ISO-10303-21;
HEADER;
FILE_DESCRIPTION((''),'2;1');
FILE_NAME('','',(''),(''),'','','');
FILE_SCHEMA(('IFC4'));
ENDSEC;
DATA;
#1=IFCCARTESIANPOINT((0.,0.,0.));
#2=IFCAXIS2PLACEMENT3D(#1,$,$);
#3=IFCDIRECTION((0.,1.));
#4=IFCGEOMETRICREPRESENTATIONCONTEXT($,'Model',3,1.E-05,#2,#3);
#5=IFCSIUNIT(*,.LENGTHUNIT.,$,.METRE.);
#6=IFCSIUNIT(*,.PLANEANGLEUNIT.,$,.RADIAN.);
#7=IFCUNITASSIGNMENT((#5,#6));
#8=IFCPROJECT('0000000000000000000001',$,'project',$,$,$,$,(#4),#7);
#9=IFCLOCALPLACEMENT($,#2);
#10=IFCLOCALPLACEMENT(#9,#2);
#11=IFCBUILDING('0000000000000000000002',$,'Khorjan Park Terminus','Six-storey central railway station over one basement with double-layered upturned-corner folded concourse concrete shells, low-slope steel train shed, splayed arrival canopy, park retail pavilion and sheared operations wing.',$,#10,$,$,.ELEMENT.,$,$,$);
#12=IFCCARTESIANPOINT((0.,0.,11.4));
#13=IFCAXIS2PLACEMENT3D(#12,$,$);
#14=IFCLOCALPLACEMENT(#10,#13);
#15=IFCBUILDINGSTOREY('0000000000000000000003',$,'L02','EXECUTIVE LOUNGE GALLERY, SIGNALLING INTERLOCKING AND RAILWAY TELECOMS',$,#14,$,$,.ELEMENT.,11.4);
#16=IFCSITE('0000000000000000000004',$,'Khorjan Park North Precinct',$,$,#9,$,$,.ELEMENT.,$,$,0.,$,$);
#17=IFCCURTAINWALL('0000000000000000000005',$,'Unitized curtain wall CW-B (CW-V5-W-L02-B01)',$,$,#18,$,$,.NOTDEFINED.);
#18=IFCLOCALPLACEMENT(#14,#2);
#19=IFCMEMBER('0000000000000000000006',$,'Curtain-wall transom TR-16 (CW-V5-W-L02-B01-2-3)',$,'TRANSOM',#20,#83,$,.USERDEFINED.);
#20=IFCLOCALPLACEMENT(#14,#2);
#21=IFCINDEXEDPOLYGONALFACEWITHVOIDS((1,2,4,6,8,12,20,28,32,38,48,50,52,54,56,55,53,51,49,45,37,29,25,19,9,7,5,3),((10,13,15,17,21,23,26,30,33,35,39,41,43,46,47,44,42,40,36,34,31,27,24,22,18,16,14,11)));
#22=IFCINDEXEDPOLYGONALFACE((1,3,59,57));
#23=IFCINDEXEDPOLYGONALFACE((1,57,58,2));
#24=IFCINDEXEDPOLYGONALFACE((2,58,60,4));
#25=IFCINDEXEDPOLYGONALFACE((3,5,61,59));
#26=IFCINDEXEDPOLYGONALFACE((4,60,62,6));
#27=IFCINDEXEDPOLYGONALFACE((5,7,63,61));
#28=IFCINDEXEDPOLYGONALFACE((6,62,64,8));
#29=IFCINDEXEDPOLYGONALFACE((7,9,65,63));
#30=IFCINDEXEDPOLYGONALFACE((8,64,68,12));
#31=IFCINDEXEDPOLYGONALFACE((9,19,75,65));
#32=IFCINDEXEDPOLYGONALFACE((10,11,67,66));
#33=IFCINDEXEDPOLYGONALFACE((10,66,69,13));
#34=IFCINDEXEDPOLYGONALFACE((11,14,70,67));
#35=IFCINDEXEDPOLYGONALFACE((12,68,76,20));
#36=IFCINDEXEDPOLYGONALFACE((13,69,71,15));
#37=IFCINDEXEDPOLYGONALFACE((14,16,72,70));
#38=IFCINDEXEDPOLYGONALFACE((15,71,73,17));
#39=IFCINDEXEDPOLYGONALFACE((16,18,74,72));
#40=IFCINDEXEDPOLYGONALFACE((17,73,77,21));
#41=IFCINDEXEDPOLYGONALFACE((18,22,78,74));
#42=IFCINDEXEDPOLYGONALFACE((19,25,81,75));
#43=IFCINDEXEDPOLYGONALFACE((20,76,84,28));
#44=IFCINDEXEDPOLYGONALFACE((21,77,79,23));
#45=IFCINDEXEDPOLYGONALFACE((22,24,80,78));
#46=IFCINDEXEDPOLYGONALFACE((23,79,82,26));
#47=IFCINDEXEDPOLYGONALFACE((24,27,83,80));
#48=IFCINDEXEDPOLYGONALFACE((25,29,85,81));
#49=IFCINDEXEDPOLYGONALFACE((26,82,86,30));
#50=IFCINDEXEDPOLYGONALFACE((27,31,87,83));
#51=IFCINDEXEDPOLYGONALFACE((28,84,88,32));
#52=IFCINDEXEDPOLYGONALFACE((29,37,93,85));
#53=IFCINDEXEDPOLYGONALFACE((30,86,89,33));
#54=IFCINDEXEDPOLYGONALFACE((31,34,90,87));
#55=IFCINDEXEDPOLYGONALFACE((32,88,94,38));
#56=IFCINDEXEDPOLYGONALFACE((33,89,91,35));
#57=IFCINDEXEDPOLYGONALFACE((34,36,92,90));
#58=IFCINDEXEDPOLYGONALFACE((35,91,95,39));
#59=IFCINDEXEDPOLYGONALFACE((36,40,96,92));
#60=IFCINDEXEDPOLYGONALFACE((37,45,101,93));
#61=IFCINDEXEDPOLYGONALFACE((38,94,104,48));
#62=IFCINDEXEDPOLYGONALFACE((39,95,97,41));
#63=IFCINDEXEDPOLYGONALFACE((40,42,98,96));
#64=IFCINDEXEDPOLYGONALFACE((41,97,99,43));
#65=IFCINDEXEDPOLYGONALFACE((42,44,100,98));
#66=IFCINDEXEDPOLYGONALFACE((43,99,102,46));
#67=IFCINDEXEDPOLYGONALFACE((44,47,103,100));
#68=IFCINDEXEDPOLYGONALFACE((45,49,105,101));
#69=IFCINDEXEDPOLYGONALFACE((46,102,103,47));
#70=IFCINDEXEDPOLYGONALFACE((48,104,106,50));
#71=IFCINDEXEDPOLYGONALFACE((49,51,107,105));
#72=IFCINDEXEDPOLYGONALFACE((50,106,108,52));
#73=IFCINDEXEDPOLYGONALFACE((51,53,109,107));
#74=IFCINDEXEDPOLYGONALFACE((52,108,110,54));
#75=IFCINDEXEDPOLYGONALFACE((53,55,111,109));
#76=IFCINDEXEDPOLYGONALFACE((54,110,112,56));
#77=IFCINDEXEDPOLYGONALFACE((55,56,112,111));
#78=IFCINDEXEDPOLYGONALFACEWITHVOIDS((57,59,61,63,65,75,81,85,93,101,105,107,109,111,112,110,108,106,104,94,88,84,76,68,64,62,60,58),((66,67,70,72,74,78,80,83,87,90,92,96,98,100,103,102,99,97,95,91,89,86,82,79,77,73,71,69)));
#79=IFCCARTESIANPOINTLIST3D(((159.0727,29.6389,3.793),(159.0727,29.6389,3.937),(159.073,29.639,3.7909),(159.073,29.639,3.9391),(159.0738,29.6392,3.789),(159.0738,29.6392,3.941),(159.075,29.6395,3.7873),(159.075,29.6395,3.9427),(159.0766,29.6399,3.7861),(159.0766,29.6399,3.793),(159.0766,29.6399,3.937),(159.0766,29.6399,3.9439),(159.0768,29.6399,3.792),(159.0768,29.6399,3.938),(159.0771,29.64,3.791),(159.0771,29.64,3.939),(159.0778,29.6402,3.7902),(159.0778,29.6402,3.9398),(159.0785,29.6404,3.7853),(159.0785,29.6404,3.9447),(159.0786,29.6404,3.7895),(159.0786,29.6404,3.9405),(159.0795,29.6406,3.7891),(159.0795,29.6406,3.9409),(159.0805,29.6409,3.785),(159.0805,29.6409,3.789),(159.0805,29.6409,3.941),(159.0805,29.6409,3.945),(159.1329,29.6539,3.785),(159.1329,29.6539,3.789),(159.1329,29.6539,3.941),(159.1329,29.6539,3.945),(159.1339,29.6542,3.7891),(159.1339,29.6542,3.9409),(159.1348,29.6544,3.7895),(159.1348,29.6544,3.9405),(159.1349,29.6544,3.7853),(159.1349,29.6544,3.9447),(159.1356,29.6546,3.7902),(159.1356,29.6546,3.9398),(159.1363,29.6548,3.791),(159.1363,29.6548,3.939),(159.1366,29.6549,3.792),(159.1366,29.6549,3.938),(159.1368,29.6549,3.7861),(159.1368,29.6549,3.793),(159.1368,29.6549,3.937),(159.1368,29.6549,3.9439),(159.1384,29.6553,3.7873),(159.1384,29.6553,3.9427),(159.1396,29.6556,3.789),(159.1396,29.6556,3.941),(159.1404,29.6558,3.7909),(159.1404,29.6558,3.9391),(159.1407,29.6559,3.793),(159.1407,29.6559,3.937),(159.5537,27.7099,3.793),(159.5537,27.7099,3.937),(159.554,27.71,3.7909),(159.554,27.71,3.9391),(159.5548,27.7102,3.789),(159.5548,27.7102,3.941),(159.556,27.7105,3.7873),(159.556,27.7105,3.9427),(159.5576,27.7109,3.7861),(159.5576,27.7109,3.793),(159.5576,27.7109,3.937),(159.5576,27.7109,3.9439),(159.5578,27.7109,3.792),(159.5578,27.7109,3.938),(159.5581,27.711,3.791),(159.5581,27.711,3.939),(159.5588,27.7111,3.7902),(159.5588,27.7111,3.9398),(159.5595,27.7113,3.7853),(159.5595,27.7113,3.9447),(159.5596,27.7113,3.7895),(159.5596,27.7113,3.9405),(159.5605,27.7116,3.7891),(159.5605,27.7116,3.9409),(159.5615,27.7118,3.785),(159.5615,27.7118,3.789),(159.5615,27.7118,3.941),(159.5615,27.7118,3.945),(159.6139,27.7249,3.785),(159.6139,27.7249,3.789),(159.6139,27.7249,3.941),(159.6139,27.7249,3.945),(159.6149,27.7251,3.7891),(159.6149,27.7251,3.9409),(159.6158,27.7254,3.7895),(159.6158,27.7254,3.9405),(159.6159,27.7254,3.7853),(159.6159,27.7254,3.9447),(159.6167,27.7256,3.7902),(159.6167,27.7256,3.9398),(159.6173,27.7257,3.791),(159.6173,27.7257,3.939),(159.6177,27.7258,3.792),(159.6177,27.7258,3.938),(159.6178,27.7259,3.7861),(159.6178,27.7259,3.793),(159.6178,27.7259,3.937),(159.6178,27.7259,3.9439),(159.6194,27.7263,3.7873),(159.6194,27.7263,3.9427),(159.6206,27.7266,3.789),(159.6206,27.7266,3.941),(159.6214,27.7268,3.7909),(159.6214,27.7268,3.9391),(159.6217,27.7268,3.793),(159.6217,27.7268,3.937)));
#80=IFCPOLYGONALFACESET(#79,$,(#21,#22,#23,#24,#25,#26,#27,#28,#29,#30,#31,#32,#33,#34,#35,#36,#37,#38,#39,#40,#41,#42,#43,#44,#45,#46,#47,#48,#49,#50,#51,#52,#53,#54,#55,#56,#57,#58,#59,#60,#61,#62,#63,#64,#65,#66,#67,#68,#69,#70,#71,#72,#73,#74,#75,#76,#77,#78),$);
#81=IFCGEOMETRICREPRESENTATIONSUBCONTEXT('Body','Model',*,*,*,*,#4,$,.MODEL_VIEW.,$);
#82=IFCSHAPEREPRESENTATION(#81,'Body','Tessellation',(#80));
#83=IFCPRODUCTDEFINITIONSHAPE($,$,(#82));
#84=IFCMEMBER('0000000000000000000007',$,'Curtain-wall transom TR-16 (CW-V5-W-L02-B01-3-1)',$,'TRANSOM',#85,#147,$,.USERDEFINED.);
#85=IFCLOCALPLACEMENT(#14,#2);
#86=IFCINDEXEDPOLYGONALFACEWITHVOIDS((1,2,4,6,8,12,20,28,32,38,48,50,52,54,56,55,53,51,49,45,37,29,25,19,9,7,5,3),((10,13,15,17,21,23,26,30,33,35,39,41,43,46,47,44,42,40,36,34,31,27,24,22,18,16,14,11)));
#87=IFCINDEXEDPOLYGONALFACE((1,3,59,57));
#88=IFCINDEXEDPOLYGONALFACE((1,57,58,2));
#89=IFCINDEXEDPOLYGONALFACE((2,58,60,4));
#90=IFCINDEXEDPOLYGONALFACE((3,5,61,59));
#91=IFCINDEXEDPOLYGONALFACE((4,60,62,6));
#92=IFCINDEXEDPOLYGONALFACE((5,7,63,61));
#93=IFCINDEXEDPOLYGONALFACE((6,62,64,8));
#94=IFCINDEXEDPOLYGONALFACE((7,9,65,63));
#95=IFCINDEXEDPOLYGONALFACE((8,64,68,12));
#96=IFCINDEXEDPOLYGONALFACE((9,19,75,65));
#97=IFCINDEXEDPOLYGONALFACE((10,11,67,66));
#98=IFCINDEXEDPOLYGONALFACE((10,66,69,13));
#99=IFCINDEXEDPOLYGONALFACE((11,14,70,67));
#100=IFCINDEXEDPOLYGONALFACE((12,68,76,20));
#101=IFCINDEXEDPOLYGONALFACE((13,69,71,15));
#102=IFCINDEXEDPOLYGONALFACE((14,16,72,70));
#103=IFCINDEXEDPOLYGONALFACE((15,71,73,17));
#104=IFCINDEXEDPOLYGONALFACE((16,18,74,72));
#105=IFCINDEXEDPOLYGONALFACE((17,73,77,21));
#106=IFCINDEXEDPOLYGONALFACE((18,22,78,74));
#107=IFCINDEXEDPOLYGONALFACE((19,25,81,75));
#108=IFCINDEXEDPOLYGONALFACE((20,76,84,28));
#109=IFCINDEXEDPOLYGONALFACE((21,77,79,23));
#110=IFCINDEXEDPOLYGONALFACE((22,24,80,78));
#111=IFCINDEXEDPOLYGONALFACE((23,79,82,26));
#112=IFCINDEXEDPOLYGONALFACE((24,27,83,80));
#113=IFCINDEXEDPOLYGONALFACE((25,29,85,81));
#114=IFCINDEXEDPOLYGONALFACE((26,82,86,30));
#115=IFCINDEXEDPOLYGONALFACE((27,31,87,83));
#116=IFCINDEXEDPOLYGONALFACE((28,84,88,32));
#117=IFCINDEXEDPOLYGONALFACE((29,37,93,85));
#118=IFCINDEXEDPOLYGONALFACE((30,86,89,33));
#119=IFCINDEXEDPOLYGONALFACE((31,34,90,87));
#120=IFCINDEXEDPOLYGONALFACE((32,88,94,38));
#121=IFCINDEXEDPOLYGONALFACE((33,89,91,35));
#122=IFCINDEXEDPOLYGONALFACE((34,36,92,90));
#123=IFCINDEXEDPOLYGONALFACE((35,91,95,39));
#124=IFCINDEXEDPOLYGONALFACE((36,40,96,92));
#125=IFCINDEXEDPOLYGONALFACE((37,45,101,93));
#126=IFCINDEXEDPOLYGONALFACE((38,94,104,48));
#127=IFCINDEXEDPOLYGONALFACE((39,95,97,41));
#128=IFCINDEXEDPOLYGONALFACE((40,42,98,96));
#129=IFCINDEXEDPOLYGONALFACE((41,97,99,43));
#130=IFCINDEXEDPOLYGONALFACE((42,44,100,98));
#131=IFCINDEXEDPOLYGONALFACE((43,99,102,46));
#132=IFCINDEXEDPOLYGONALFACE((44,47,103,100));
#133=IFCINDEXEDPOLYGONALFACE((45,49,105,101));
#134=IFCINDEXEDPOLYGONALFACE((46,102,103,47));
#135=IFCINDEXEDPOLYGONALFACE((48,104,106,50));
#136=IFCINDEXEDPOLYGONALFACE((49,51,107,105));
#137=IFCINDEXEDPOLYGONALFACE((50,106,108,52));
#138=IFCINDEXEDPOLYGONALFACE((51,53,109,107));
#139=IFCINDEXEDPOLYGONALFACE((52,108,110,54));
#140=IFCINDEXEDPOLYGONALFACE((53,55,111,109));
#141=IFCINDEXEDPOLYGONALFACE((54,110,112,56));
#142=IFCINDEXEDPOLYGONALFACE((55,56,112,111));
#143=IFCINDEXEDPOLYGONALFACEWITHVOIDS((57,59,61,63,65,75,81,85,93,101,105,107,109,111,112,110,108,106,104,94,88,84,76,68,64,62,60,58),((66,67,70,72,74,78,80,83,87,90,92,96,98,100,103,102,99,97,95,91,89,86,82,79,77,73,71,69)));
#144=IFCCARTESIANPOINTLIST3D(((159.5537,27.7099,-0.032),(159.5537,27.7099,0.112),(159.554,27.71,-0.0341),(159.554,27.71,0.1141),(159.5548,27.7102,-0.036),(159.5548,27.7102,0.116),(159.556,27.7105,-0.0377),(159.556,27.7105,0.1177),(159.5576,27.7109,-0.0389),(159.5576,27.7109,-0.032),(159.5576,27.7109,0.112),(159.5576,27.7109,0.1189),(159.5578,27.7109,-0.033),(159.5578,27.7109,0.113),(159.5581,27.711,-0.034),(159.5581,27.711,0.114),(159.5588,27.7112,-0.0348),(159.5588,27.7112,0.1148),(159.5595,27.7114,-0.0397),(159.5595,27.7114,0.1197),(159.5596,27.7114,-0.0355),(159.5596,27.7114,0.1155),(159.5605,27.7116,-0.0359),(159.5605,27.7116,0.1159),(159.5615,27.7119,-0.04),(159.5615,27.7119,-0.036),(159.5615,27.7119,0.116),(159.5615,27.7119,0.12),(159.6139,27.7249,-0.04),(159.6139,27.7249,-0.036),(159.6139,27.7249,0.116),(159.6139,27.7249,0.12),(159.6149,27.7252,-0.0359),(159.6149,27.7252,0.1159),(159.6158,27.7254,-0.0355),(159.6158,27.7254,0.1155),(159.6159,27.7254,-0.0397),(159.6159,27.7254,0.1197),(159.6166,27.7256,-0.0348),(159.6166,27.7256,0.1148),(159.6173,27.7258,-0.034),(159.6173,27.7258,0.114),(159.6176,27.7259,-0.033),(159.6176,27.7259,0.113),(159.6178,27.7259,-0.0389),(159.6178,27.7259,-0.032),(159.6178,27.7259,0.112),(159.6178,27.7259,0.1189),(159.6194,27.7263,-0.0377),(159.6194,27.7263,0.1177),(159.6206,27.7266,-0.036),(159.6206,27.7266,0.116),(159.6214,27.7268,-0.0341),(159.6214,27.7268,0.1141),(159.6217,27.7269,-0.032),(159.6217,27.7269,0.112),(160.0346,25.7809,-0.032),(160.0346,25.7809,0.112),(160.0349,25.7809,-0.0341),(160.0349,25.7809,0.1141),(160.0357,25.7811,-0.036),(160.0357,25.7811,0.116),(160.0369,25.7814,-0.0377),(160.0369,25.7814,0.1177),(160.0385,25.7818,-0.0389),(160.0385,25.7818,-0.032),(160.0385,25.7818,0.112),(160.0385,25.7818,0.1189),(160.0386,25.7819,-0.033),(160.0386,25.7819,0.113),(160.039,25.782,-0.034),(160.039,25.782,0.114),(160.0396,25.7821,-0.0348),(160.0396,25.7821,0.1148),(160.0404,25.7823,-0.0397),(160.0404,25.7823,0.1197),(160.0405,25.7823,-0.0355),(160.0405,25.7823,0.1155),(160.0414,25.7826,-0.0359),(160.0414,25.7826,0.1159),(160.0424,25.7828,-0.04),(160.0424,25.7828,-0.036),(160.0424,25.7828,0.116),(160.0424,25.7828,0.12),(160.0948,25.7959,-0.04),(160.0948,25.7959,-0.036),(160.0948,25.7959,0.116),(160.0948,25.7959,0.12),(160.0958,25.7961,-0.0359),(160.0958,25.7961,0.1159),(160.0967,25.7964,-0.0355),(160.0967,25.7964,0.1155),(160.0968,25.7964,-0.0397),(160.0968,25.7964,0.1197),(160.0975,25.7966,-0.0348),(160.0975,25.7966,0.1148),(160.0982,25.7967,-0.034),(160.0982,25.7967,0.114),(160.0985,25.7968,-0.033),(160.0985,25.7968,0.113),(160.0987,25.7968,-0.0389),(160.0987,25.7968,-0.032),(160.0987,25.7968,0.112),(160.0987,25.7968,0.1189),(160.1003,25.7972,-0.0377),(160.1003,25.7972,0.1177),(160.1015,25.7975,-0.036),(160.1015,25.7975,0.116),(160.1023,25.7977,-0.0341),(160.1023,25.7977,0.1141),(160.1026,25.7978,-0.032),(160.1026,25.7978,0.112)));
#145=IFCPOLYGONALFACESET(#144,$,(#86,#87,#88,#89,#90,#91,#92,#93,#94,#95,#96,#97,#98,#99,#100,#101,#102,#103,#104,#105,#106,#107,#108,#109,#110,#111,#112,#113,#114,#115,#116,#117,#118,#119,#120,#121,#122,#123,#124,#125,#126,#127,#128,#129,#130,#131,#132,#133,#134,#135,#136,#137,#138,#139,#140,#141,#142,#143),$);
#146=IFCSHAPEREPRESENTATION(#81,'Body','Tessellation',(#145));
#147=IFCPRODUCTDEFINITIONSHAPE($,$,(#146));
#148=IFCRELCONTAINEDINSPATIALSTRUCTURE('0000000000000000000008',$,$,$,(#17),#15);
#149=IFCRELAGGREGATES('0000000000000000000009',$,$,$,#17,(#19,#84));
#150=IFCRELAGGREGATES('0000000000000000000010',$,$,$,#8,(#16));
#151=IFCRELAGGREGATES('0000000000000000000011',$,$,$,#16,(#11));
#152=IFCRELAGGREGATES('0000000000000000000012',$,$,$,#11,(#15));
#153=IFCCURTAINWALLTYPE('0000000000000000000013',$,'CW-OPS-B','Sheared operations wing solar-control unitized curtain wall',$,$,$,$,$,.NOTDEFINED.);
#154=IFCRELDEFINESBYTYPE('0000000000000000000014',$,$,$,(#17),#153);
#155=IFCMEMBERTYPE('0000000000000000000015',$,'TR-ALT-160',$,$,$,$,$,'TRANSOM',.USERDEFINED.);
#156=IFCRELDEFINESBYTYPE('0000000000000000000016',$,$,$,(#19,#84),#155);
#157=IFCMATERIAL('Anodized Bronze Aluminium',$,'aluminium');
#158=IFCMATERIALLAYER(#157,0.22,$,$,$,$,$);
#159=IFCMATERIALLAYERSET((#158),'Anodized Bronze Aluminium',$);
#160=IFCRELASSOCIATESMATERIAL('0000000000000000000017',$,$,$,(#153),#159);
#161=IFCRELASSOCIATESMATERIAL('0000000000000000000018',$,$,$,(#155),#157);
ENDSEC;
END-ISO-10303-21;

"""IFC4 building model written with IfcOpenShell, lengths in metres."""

from ifc_helpers import new_model, si_unit, direction, frame, origin, origin_2d, place, context, subcontext, project, spatial, hollow_rectangle, extrude, material, layer, layer_set, material_profile, profile_set, type_object, element, aggregate, save


model = new_model("IFC4")

# Units and contexts
model_context = context("Model", 3, precision=1e-05, world=origin(), true_north=direction((0.0, 1.0)))
body_context = subcontext(model_context, "Body", "Model", "MODEL_VIEW")
ifc_project = project(units=[si_unit("LENGTHUNIT", "METRE"), si_unit("PLANEANGLEUNIT", "RADIAN")], contexts=[model_context])

# Site, building, storey
site_placement = place(None, origin())
site = spatial("IfcSite", under=ifc_project, at=site_placement, Name="Khorjan Park North Precinct", CompositionType="ELEMENT", RefElevation=0.0)
building_placement = place(site_placement, origin())
building = spatial("IfcBuilding", under=site, at=building_placement, Name="Khorjan Park Terminus", Description="Six-storey central railway station over one basement with double-layered upturned-corner folded concourse concrete shells, low-slope steel train shed, splayed arrival canopy, park retail pavilion and sheared operations wing.", CompositionType="ELEMENT")
storey_placement = place(building_placement, frame((0.0, 0.0, 11.4)))
storey = spatial("IfcBuildingStorey", under=building, at=storey_placement, Name="L02", Description="EXECUTIVE LOUNGE GALLERY, SIGNALLING INTERLOCKING AND RAILWAY TELECOMS", CompositionType="ELEMENT", Elevation=11.4)

# Curtain wall, members
ifc_material_1 = material(Name="Anodized Bronze Aluminium", Category="aluminium")
ifc_layer_1 = layer(ifc_material_1, 0.22)
ifc_layer_set_1 = layer_set([ifc_layer_1], Name="Anodized Bronze Aluminium")
curtain_wall_type = type_object("IfcCurtainWallType", Name="CW-OPS-B", Description="Sheared operations wing solar-control unitized curtain wall", PredefinedType="NOTDEFINED", material=ifc_layer_set_1)
curtain_wall_placement = place(storey_placement, origin())
curtain_wall = element("IfcCurtainWall", 1, at=curtain_wall_placement, inside=storey, type_object=curtain_wall_type, Name="Unitized curtain wall CW-B (CW-V5-W-L02-B01)", PredefinedType="NOTDEFINED")
ifc_material_profile_1 = material_profile(ifc_material_1, hollow_rectangle(XDim=0.07, YDim=0.16, WallThickness=0.004, InnerFilletRadius=0.004, OuterFilletRadius=0.008, at=origin_2d()), Name="ALT 70x160x4")
ifc_profile_set_1 = profile_set([ifc_material_profile_1], Name="Anodized Bronze Aluminium")
member_type_1 = type_object("IfcMemberType", Name="TR-ALT-160", ElementType="TRANSOM", PredefinedType="USERDEFINED", material=ifc_profile_set_1)
member_1_placement = place(storey_placement, frame((159.1067, 29.6474, 3.865), z_axis=(0.241944, -0.97029, 0.0), x_axis=(0.97029, 0.241944, 0.0)))
member_1 = element("IfcMember", 2, at=member_1_placement, type_object=member_type_1, Name="Curtain-wall transom TR-16 (CW-V5-W-L02-B01-2-3)", ObjectType="TRANSOM", PredefinedType="USERDEFINED", context=body_context, shape_type="SweptSolid", body=[
    extrude(hollow_rectangle(XDim=0.07, YDim=0.16, WallThickness=0.004, InnerFilletRadius=0.004, OuterFilletRadius=0.008, at=origin_2d()), origin(), (0.0, 0.0, 1.0), 1.9881),
])
member_2_placement = place(storey_placement, frame((159.5877, 27.7184, 0.04), z_axis=(0.241885, -0.970305, 0.0), x_axis=(0.970305, 0.241885, 0.0)))
member_2 = element("IfcMember", 3, at=member_2_placement, type_object=member_type_1, Name="Curtain-wall transom TR-16 (CW-V5-W-L02-B01-3-1)", ObjectType="TRANSOM", PredefinedType="USERDEFINED", context=body_context, shape_type="SweptSolid", body=[
    extrude(hollow_rectangle(XDim=0.07, YDim=0.16, WallThickness=0.004, InnerFilletRadius=0.004, OuterFilletRadius=0.008, at=origin_2d()), origin(), (0.0, 0.0, 1.0), 1.9881),
])
aggregate(curtain_wall, [member_1, member_2])

save(model, "model.ifc")
